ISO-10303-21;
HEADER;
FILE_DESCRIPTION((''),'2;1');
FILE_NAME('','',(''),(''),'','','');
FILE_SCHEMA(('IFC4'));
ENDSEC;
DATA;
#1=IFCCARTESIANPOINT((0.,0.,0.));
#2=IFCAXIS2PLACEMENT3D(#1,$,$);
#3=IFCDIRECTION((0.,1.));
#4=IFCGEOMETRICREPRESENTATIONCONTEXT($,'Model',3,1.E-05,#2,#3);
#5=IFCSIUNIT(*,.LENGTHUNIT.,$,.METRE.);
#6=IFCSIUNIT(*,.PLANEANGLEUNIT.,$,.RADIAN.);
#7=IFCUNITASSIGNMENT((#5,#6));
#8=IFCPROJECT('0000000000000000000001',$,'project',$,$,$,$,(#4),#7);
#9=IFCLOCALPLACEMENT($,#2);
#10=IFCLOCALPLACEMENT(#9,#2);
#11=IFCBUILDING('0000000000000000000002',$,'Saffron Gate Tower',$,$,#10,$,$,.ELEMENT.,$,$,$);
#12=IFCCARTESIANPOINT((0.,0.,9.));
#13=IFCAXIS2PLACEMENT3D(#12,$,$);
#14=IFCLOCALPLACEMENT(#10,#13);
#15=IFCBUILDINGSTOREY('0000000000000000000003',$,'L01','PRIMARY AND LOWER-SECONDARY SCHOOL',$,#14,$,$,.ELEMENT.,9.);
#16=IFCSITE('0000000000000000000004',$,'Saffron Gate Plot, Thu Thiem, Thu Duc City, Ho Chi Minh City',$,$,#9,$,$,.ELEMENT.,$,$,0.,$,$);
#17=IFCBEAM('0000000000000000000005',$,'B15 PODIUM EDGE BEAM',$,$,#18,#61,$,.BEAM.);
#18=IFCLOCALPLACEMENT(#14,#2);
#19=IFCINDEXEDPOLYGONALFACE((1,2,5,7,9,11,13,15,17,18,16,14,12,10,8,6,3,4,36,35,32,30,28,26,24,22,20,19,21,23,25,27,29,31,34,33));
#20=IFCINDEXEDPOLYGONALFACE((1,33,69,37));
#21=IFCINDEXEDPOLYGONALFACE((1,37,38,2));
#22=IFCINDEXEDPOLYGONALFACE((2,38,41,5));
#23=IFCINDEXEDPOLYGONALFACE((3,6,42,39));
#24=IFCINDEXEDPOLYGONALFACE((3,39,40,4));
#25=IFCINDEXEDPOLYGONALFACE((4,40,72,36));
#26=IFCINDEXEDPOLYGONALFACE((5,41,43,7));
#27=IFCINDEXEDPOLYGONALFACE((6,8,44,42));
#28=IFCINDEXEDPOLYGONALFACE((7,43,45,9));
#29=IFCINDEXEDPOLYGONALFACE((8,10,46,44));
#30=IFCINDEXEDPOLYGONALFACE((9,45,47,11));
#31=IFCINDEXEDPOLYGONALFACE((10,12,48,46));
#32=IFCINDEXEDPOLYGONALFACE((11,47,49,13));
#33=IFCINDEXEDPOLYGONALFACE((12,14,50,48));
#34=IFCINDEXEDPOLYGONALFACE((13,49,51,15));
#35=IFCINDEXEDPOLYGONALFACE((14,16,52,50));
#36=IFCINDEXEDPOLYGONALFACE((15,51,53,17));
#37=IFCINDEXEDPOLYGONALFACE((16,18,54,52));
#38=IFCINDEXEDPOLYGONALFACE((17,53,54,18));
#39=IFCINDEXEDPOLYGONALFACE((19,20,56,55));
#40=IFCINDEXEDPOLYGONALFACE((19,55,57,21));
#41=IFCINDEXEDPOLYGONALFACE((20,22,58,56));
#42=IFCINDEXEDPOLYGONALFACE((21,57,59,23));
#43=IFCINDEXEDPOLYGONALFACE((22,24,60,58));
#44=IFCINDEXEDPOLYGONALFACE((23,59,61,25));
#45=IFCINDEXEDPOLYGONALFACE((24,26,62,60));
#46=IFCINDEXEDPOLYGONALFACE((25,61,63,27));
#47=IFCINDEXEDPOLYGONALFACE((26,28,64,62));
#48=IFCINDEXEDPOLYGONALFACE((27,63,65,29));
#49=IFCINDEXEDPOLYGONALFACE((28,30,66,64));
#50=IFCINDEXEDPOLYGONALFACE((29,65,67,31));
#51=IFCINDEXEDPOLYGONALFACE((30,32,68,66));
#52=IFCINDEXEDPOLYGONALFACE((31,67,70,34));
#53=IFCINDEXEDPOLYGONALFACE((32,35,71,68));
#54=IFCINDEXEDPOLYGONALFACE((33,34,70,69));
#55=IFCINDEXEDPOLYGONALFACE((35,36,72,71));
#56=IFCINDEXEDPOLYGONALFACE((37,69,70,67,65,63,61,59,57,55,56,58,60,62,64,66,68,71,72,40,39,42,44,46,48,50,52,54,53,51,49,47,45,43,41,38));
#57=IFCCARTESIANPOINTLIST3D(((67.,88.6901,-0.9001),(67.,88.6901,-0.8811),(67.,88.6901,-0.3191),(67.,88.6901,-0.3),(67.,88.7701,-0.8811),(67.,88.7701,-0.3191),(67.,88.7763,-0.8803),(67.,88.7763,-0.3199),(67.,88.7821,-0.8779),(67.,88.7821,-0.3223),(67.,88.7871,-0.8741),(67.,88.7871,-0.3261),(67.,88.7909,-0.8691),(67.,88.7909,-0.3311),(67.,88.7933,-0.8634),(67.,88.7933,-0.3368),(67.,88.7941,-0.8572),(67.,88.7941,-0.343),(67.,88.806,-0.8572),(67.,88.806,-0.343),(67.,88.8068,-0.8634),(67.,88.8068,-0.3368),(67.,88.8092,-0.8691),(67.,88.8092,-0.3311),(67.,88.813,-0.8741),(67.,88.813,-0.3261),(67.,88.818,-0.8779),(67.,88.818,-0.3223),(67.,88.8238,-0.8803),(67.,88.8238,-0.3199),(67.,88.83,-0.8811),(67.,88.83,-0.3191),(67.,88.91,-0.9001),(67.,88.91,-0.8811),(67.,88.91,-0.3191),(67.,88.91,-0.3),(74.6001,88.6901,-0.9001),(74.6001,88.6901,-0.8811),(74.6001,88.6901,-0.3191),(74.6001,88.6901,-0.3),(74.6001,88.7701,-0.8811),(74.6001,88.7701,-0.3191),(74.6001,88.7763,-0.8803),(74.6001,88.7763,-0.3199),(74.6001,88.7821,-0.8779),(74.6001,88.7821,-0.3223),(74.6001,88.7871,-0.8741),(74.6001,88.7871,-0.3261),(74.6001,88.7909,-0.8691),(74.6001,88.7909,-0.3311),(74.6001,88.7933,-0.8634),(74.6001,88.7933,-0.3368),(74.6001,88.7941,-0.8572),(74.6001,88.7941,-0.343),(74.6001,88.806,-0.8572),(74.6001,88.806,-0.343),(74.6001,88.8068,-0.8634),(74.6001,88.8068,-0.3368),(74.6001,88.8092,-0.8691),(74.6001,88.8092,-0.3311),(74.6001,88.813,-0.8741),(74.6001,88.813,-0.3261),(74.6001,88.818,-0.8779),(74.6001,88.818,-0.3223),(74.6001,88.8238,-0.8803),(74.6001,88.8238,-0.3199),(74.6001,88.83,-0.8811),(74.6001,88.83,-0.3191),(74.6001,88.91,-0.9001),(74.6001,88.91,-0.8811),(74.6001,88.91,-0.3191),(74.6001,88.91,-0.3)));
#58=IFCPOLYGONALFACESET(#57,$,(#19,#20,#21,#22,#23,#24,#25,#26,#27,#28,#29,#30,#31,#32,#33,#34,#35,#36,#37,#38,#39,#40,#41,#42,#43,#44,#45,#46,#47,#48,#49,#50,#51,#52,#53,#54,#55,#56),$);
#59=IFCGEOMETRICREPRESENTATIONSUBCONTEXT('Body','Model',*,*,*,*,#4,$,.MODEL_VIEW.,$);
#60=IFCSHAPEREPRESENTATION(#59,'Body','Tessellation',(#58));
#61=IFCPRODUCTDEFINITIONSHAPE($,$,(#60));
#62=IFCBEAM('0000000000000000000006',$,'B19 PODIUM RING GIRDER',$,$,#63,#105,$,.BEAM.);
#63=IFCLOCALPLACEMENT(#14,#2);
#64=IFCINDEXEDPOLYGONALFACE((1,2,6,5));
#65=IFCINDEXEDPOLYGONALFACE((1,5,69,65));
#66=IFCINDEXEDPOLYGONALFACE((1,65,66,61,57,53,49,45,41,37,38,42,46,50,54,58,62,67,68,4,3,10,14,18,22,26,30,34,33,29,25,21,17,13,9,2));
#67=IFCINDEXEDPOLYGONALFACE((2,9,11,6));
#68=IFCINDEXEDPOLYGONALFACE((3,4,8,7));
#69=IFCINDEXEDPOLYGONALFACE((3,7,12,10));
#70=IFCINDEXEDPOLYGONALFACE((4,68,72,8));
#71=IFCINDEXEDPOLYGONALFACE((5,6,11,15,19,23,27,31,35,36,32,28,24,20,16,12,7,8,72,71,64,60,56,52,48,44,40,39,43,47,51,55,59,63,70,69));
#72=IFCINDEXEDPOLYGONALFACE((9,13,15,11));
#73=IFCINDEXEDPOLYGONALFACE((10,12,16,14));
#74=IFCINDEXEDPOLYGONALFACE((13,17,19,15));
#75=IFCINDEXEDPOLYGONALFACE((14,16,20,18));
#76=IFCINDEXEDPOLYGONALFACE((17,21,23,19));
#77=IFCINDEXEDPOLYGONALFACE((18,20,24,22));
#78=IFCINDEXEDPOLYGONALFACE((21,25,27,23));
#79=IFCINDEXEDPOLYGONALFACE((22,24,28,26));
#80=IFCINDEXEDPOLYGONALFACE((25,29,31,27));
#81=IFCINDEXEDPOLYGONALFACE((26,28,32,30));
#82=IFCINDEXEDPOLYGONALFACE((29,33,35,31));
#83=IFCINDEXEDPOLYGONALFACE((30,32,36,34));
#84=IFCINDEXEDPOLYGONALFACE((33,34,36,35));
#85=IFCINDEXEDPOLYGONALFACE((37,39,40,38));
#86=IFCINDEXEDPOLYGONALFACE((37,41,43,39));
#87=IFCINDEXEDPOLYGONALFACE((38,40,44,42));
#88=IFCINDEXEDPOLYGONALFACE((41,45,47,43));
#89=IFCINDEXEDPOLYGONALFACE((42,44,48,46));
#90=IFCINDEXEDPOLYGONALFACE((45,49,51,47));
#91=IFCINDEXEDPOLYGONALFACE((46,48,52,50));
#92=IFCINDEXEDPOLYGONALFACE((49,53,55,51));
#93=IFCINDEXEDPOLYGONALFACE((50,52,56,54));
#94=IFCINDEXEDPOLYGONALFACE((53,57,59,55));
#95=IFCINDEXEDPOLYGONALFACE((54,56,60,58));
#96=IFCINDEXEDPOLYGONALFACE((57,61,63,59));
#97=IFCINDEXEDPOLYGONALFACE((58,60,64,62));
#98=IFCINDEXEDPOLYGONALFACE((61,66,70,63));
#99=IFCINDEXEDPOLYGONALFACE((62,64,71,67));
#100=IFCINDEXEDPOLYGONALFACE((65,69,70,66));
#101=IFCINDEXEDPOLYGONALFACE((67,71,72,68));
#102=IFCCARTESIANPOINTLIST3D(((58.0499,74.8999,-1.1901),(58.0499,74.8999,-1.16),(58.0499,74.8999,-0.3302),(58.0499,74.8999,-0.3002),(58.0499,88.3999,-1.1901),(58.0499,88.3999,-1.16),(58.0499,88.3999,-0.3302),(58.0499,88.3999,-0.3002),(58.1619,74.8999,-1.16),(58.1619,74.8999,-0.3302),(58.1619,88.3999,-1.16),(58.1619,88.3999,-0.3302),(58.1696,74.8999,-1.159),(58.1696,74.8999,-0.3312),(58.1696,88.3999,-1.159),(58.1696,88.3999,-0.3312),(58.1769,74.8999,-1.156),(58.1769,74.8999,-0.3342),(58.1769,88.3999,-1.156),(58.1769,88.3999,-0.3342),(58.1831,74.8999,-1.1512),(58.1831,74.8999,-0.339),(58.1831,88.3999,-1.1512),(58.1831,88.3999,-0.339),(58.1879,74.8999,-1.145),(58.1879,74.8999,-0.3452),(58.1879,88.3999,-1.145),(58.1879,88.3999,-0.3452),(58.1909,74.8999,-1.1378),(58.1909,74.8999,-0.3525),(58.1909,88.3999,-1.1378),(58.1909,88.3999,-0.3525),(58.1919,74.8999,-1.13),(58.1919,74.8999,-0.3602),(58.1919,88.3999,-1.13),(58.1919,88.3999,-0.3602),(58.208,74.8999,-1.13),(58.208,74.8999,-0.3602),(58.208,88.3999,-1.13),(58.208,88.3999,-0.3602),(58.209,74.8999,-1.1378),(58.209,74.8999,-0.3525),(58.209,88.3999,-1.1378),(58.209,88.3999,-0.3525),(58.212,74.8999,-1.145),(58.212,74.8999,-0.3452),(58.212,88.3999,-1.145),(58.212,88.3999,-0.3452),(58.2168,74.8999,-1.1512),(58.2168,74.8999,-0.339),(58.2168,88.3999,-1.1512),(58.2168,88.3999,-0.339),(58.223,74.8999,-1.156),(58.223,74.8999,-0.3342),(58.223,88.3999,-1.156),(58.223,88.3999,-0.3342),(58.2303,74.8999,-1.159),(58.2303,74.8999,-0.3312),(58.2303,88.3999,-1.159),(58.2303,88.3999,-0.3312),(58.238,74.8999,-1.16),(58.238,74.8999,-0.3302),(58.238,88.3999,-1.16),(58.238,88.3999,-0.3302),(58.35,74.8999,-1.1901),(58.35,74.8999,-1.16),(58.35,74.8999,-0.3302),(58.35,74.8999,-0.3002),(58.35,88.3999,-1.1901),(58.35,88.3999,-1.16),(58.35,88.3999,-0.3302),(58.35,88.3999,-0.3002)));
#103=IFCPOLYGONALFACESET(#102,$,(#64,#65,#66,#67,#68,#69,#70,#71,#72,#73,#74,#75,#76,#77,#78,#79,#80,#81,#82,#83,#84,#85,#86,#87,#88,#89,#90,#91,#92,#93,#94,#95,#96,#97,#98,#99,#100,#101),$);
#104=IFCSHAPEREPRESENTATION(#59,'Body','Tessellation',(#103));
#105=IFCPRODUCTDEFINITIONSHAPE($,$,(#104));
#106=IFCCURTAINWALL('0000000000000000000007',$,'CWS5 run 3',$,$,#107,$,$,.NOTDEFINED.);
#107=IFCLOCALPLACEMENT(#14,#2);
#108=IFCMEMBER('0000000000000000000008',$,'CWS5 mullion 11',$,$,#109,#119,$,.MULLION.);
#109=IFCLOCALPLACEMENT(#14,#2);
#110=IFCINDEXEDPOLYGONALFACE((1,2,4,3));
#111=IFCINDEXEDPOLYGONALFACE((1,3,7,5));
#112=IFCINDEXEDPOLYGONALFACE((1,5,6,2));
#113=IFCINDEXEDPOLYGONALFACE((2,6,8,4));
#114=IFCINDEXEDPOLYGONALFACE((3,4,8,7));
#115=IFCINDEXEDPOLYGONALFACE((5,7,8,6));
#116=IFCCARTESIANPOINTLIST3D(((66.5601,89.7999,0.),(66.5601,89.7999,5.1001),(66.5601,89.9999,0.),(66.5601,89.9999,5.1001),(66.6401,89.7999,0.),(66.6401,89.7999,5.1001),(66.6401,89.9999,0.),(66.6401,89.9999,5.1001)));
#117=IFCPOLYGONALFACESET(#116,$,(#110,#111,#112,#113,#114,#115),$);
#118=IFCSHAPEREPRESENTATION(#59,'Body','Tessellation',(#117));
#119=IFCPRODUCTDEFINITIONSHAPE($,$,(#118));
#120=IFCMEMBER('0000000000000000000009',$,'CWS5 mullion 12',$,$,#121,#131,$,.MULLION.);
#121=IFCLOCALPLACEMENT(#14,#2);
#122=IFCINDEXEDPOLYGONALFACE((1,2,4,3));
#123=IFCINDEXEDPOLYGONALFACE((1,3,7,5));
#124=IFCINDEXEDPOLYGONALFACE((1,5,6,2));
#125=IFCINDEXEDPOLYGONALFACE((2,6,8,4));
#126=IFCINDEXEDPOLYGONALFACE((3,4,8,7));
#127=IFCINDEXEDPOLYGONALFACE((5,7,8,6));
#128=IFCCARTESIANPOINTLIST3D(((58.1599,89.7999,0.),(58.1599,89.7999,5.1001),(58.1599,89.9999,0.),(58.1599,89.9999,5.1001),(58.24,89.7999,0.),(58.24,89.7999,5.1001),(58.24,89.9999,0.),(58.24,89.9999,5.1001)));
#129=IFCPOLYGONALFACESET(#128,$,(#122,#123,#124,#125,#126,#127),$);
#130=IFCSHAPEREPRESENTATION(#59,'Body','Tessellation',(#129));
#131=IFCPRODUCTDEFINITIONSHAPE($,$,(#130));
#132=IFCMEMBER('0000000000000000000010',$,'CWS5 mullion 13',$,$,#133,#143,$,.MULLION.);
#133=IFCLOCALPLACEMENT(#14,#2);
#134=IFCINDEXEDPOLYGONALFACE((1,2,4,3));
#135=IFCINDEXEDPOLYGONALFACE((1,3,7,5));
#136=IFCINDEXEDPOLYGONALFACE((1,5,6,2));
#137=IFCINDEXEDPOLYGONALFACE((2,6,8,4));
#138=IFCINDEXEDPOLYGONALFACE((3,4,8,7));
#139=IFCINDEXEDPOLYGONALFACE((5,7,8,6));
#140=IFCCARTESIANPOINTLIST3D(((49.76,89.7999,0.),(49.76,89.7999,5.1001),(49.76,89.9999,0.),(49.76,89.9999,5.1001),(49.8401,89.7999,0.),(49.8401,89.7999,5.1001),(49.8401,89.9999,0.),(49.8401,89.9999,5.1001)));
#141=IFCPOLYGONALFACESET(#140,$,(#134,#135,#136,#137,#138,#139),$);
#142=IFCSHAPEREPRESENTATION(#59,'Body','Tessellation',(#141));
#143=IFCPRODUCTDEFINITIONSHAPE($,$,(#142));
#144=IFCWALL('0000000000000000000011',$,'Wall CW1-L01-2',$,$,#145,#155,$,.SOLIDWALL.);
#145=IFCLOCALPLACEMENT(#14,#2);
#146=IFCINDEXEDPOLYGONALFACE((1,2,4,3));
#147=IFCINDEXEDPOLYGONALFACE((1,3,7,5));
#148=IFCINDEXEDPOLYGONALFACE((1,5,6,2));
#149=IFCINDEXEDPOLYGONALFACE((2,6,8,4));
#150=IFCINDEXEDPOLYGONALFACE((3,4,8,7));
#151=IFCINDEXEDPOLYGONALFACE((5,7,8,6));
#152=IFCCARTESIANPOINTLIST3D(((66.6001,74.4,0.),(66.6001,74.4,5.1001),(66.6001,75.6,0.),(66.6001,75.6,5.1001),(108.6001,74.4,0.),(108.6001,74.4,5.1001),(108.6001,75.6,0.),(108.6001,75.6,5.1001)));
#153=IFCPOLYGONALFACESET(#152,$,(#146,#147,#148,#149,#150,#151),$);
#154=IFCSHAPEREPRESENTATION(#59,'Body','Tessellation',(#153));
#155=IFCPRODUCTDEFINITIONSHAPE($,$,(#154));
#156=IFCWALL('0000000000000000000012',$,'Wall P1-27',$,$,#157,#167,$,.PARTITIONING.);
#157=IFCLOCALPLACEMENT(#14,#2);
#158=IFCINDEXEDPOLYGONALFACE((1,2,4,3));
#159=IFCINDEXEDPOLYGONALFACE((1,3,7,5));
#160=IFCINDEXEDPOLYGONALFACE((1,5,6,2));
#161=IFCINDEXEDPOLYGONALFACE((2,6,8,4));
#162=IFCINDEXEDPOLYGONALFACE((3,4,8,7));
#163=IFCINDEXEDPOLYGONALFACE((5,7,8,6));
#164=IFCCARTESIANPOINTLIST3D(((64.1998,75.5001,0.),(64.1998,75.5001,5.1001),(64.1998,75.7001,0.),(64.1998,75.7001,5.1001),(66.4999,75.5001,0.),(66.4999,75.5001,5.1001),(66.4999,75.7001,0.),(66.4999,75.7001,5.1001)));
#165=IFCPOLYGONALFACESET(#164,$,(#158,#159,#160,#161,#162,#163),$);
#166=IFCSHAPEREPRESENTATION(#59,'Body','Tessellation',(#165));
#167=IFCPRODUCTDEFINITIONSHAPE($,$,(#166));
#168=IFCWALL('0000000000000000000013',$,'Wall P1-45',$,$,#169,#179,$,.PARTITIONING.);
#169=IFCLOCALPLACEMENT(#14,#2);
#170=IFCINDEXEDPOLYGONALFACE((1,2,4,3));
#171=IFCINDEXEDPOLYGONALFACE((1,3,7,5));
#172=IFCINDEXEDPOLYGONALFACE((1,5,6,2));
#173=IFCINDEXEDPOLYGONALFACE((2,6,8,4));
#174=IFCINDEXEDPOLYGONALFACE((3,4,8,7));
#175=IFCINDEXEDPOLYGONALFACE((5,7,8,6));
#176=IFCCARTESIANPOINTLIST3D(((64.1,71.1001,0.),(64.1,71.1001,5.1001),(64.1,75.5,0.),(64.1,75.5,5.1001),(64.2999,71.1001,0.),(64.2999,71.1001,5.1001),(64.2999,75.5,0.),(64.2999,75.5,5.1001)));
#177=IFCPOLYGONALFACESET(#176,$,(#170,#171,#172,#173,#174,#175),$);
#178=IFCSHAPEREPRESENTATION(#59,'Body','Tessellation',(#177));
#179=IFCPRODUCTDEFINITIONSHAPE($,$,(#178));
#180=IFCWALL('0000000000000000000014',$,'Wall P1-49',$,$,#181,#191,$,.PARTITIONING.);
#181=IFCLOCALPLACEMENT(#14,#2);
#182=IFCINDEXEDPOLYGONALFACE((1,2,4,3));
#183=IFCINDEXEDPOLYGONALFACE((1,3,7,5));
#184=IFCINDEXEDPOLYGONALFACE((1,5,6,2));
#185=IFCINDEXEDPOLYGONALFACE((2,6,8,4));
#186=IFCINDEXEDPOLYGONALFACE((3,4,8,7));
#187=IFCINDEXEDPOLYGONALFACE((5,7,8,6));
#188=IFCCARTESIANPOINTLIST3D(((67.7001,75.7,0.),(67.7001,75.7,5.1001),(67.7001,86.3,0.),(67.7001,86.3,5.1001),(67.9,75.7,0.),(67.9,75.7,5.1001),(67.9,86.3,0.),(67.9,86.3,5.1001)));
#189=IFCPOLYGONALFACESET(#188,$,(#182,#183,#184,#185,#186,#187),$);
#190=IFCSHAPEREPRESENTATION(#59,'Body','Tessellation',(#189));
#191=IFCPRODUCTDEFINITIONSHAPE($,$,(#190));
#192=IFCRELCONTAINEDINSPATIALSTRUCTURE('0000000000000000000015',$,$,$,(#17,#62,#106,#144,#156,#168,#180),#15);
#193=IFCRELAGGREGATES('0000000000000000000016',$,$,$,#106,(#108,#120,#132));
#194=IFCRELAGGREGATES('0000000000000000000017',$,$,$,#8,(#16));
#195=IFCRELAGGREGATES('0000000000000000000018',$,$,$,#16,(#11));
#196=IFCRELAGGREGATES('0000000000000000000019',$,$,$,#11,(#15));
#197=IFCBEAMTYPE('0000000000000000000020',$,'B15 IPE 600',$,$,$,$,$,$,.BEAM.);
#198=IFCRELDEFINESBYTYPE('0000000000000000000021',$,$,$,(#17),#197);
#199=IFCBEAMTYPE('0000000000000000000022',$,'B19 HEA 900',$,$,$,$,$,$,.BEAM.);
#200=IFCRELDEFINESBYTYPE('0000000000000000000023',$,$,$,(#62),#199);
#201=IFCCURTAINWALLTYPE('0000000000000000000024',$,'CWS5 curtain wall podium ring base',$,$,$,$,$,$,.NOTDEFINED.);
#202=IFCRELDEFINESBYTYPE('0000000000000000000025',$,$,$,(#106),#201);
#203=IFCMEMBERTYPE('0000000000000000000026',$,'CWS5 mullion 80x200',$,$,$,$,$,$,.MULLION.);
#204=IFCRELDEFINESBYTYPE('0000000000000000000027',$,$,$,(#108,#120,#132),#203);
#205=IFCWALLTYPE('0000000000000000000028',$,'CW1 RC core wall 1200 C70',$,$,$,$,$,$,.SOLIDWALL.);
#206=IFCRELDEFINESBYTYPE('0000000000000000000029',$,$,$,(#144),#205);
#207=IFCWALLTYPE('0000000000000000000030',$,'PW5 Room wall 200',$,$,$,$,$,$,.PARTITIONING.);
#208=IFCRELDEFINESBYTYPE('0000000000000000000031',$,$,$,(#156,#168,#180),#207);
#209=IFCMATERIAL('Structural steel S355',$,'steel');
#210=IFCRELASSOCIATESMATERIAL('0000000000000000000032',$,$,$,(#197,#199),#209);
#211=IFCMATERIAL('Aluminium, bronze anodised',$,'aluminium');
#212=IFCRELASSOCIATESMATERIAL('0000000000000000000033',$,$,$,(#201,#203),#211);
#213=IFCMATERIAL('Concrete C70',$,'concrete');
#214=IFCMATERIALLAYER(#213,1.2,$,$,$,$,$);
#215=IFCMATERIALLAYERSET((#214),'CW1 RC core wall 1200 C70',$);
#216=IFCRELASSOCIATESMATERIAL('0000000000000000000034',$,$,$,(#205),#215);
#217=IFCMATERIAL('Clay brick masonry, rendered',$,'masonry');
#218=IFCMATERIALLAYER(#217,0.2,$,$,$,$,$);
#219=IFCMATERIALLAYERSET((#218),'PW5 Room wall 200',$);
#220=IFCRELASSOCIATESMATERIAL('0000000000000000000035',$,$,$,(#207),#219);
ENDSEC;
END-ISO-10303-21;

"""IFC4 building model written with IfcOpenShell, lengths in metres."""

from ifc_helpers import new_model, si_unit, direction, frame, frame_2d, origin, origin_2d, place, context, subcontext, project, spatial, rectangle, i_section, extrude, material, layer, layer_set, material_profile, profile_set, type_object, element, aggregate, save


model = new_model("IFC4")

# Units and contexts
model_context = context("Model", 3, precision=1e-05, world=origin(), true_north=direction((0.0, 1.0)))
body_context = subcontext(model_context, "Body", "Model", "MODEL_VIEW")
ifc_project = project(units=[si_unit("LENGTHUNIT", "METRE"), si_unit("PLANEANGLEUNIT", "RADIAN")], contexts=[model_context])

# Site, building, storey
site_placement = place(None, origin())
site = spatial("IfcSite", under=ifc_project, at=site_placement, Name="Saffron Gate Plot, Thu Thiem, Thu Duc City, Ho Chi Minh City", CompositionType="ELEMENT", RefElevation=0.0)
building_placement = place(site_placement, origin())
building = spatial("IfcBuilding", under=site, at=building_placement, Name="Saffron Gate Tower", CompositionType="ELEMENT")
storey_placement = place(building_placement, frame((0.0, 0.0, 9.0)))
storey = spatial("IfcBuildingStorey", under=building, at=storey_placement, Name="L01", Description="PRIMARY AND LOWER-SECONDARY SCHOOL", CompositionType="ELEMENT", Elevation=9.0)

# Beams
ifc_material_1 = material(Name="Structural steel S355", Category="steel")
ifc_material_profile_1 = material_profile(ifc_material_1, i_section(OverallWidth=0.22, OverallDepth=0.6001, WebThickness=0.012, FlangeThickness=0.019, FilletRadius=0.0239, at=origin_2d()))
ifc_profile_set_1 = profile_set([ifc_material_profile_1], Name="Structural steel S355")
beam_type_1 = type_object("IfcBeamType", Name="B15 IPE 600", PredefinedType="BEAM", material=ifc_profile_set_1)
beam_1_placement = place(storey_placement, frame((67.0, 88.8, -0.6001), z_axis=(1.0, 0.0, 0.0), x_axis=(0.0, 1.0, 0.0)))
element("IfcBeam", 1, at=beam_1_placement, inside=storey, type_object=beam_type_1, Name="B15 PODIUM EDGE BEAM", PredefinedType="BEAM", context=body_context, shape_type="SweptSolid", body=[
    extrude(i_section(OverallWidth=0.22, OverallDepth=0.6001, WebThickness=0.012, FlangeThickness=0.019, FilletRadius=0.0239, at=origin_2d()), origin(), (0.0, 0.0, 1.0), 7.6001),
])
ifc_material_profile_2 = material_profile(ifc_material_1, i_section(OverallWidth=0.3, OverallDepth=0.8899, WebThickness=0.0161, FlangeThickness=0.03, FilletRadius=0.03, at=origin_2d()))
ifc_profile_set_2 = profile_set([ifc_material_profile_2], Name="Structural steel S355")
beam_type_2 = type_object("IfcBeamType", Name="B19 HEA 900", PredefinedType="BEAM", material=ifc_profile_set_2)
beam_2_placement = place(storey_placement, frame((58.2, 88.3999, -0.7451), z_axis=(0.0, -1.0, 0.0), x_axis=(1.0, 0.0, 0.0)))
element("IfcBeam", 2, at=beam_2_placement, inside=storey, type_object=beam_type_2, Name="B19 PODIUM RING GIRDER", PredefinedType="BEAM", context=body_context, shape_type="SweptSolid", body=[
    extrude(i_section(OverallWidth=0.3, OverallDepth=0.8899, WebThickness=0.0161, FlangeThickness=0.03, FilletRadius=0.03, at=origin_2d()), origin(), (0.0, 0.0, 1.0), 13.5),
])

# Curtain wall, members
ifc_material_2 = material(Name="Aluminium, bronze anodised", Category="aluminium")
curtain_wall_type = type_object("IfcCurtainWallType", Name="CWS5 curtain wall podium ring base", PredefinedType="NOTDEFINED", material=ifc_material_2)
curtain_wall_placement = place(storey_placement, origin())
curtain_wall = element("IfcCurtainWall", 3, at=curtain_wall_placement, inside=storey, type_object=curtain_wall_type, Name="CWS5 run 3", PredefinedType="NOTDEFINED")
ifc_material_profile_3 = material_profile(ifc_material_2, rectangle(XDim=0.2, YDim=0.0801, at=origin_2d()))
ifc_profile_set_3 = profile_set([ifc_material_profile_3], Name="Aluminium, bronze anodised")
member_type = type_object("IfcMemberType", Name="CWS5 mullion 80x200", PredefinedType="MULLION", material=ifc_profile_set_3)
member_1_placement = place(storey_placement, frame((66.6001, 89.8999, 0.0), z_axis=(0.0, 0.0, 1.0), x_axis=(0.0, -1.0, 0.0)))
member_1 = element("IfcMember", 4, at=member_1_placement, type_object=member_type, Name="CWS5 mullion 11", PredefinedType="MULLION", context=body_context, shape_type="SweptSolid", body=[
    extrude(rectangle(XDim=0.2, YDim=0.0801, at=origin_2d()), origin(), (0.0, 0.0, 1.0), 5.1001),
])
member_2_placement = place(storey_placement, frame((58.2, 89.8999, 0.0), z_axis=(0.0, 0.0, 1.0), x_axis=(0.0, -1.0, 0.0)))
member_2 = element("IfcMember", 5, at=member_2_placement, type_object=member_type, Name="CWS5 mullion 12", PredefinedType="MULLION", context=body_context, shape_type="SweptSolid", body=[
    extrude(rectangle(XDim=0.2, YDim=0.0801, at=origin_2d()), origin(), (0.0, 0.0, 1.0), 5.1001),
])
member_3_placement = place(storey_placement, frame((49.8, 89.8999, 0.0), z_axis=(0.0, 0.0, 1.0), x_axis=(0.0, -1.0, 0.0)))
member_3 = element("IfcMember", 6, at=member_3_placement, type_object=member_type, Name="CWS5 mullion 13", PredefinedType="MULLION", context=body_context, shape_type="SweptSolid", body=[
    extrude(rectangle(XDim=0.2, YDim=0.0801, at=origin_2d()), origin(), (0.0, 0.0, 1.0), 5.1001),
])
aggregate(curtain_wall, [member_1, member_2, member_3])

# Walls
ifc_material_3 = material(Name="Concrete C70", Category="concrete")
ifc_layer_1 = layer(ifc_material_3, 1.2)
ifc_layer_set_1 = layer_set([ifc_layer_1], Name="CW1 RC core wall 1200 C70")
wall_type_1 = type_object("IfcWallType", Name="CW1 RC core wall 1200 C70", PredefinedType="SOLIDWALL", material=ifc_layer_set_1)
wall_1_placement = place(storey_placement, frame((66.6001, 75.0, 0.0), z_axis=(0.0, 0.0, 1.0), x_axis=(1.0, 0.0, 0.0)))
element("IfcWall", 7, at=wall_1_placement, inside=storey, type_object=wall_type_1, Name="Wall CW1-L01-2", PredefinedType="SOLIDWALL", context=body_context, shape_type="SweptSolid", body=[
    extrude(rectangle(XDim=42.0, YDim=1.2, at=frame_2d((21.0, 0.0))), origin(), (0.0, 0.0, 1.0), 5.1001),
])
ifc_material_4 = material(Name="Clay brick masonry, rendered", Category="masonry")
ifc_layer_2 = layer(ifc_material_4, 0.2)
ifc_layer_set_2 = layer_set([ifc_layer_2], Name="PW5 Room wall 200")
wall_type_2 = type_object("IfcWallType", Name="PW5 Room wall 200", PredefinedType="PARTITIONING", material=ifc_layer_set_2)
wall_2_placement = place(storey_placement, frame((64.2, 75.6001, 0.0), z_axis=(0.0, 0.0, 1.0), x_axis=(1.0, 0.0, 0.0)))
element("IfcWall", 8, at=wall_2_placement, inside=storey, type_object=wall_type_2, Name="Wall P1-27", PredefinedType="PARTITIONING", context=body_context, shape_type="SweptSolid", body=[
    extrude(rectangle(XDim=2.3, YDim=0.2, at=frame_2d((1.1499, 0.0))), origin(), (0.0, 0.0, 1.0), 5.1001),
])
wall_3_placement = place(storey_placement, frame((64.2, 75.5, 0.0), z_axis=(0.0, 0.0, 1.0), x_axis=(0.0, -1.0, 0.0)))
element("IfcWall", 9, at=wall_3_placement, inside=storey, type_object=wall_type_2, Name="Wall P1-45", PredefinedType="PARTITIONING", context=body_context, shape_type="SweptSolid", body=[
    extrude(rectangle(XDim=4.3999, YDim=0.2, at=frame_2d((2.2, 0.0))), origin(), (0.0, 0.0, 1.0), 5.1001),
])
wall_4_placement = place(storey_placement, frame((67.8, 86.3, 0.0), z_axis=(0.0, 0.0, 1.0), x_axis=(0.0, -1.0, 0.0)))
element("IfcWall", 10, at=wall_4_placement, inside=storey, type_object=wall_type_2, Name="Wall P1-49", PredefinedType="PARTITIONING", context=body_context, shape_type="SweptSolid", body=[
    extrude(rectangle(XDim=10.6001, YDim=0.2, at=frame_2d((5.3, 0.0))), origin(), (0.0, 0.0, 1.0), 5.1001),
])

save(model, "model.ifc")
